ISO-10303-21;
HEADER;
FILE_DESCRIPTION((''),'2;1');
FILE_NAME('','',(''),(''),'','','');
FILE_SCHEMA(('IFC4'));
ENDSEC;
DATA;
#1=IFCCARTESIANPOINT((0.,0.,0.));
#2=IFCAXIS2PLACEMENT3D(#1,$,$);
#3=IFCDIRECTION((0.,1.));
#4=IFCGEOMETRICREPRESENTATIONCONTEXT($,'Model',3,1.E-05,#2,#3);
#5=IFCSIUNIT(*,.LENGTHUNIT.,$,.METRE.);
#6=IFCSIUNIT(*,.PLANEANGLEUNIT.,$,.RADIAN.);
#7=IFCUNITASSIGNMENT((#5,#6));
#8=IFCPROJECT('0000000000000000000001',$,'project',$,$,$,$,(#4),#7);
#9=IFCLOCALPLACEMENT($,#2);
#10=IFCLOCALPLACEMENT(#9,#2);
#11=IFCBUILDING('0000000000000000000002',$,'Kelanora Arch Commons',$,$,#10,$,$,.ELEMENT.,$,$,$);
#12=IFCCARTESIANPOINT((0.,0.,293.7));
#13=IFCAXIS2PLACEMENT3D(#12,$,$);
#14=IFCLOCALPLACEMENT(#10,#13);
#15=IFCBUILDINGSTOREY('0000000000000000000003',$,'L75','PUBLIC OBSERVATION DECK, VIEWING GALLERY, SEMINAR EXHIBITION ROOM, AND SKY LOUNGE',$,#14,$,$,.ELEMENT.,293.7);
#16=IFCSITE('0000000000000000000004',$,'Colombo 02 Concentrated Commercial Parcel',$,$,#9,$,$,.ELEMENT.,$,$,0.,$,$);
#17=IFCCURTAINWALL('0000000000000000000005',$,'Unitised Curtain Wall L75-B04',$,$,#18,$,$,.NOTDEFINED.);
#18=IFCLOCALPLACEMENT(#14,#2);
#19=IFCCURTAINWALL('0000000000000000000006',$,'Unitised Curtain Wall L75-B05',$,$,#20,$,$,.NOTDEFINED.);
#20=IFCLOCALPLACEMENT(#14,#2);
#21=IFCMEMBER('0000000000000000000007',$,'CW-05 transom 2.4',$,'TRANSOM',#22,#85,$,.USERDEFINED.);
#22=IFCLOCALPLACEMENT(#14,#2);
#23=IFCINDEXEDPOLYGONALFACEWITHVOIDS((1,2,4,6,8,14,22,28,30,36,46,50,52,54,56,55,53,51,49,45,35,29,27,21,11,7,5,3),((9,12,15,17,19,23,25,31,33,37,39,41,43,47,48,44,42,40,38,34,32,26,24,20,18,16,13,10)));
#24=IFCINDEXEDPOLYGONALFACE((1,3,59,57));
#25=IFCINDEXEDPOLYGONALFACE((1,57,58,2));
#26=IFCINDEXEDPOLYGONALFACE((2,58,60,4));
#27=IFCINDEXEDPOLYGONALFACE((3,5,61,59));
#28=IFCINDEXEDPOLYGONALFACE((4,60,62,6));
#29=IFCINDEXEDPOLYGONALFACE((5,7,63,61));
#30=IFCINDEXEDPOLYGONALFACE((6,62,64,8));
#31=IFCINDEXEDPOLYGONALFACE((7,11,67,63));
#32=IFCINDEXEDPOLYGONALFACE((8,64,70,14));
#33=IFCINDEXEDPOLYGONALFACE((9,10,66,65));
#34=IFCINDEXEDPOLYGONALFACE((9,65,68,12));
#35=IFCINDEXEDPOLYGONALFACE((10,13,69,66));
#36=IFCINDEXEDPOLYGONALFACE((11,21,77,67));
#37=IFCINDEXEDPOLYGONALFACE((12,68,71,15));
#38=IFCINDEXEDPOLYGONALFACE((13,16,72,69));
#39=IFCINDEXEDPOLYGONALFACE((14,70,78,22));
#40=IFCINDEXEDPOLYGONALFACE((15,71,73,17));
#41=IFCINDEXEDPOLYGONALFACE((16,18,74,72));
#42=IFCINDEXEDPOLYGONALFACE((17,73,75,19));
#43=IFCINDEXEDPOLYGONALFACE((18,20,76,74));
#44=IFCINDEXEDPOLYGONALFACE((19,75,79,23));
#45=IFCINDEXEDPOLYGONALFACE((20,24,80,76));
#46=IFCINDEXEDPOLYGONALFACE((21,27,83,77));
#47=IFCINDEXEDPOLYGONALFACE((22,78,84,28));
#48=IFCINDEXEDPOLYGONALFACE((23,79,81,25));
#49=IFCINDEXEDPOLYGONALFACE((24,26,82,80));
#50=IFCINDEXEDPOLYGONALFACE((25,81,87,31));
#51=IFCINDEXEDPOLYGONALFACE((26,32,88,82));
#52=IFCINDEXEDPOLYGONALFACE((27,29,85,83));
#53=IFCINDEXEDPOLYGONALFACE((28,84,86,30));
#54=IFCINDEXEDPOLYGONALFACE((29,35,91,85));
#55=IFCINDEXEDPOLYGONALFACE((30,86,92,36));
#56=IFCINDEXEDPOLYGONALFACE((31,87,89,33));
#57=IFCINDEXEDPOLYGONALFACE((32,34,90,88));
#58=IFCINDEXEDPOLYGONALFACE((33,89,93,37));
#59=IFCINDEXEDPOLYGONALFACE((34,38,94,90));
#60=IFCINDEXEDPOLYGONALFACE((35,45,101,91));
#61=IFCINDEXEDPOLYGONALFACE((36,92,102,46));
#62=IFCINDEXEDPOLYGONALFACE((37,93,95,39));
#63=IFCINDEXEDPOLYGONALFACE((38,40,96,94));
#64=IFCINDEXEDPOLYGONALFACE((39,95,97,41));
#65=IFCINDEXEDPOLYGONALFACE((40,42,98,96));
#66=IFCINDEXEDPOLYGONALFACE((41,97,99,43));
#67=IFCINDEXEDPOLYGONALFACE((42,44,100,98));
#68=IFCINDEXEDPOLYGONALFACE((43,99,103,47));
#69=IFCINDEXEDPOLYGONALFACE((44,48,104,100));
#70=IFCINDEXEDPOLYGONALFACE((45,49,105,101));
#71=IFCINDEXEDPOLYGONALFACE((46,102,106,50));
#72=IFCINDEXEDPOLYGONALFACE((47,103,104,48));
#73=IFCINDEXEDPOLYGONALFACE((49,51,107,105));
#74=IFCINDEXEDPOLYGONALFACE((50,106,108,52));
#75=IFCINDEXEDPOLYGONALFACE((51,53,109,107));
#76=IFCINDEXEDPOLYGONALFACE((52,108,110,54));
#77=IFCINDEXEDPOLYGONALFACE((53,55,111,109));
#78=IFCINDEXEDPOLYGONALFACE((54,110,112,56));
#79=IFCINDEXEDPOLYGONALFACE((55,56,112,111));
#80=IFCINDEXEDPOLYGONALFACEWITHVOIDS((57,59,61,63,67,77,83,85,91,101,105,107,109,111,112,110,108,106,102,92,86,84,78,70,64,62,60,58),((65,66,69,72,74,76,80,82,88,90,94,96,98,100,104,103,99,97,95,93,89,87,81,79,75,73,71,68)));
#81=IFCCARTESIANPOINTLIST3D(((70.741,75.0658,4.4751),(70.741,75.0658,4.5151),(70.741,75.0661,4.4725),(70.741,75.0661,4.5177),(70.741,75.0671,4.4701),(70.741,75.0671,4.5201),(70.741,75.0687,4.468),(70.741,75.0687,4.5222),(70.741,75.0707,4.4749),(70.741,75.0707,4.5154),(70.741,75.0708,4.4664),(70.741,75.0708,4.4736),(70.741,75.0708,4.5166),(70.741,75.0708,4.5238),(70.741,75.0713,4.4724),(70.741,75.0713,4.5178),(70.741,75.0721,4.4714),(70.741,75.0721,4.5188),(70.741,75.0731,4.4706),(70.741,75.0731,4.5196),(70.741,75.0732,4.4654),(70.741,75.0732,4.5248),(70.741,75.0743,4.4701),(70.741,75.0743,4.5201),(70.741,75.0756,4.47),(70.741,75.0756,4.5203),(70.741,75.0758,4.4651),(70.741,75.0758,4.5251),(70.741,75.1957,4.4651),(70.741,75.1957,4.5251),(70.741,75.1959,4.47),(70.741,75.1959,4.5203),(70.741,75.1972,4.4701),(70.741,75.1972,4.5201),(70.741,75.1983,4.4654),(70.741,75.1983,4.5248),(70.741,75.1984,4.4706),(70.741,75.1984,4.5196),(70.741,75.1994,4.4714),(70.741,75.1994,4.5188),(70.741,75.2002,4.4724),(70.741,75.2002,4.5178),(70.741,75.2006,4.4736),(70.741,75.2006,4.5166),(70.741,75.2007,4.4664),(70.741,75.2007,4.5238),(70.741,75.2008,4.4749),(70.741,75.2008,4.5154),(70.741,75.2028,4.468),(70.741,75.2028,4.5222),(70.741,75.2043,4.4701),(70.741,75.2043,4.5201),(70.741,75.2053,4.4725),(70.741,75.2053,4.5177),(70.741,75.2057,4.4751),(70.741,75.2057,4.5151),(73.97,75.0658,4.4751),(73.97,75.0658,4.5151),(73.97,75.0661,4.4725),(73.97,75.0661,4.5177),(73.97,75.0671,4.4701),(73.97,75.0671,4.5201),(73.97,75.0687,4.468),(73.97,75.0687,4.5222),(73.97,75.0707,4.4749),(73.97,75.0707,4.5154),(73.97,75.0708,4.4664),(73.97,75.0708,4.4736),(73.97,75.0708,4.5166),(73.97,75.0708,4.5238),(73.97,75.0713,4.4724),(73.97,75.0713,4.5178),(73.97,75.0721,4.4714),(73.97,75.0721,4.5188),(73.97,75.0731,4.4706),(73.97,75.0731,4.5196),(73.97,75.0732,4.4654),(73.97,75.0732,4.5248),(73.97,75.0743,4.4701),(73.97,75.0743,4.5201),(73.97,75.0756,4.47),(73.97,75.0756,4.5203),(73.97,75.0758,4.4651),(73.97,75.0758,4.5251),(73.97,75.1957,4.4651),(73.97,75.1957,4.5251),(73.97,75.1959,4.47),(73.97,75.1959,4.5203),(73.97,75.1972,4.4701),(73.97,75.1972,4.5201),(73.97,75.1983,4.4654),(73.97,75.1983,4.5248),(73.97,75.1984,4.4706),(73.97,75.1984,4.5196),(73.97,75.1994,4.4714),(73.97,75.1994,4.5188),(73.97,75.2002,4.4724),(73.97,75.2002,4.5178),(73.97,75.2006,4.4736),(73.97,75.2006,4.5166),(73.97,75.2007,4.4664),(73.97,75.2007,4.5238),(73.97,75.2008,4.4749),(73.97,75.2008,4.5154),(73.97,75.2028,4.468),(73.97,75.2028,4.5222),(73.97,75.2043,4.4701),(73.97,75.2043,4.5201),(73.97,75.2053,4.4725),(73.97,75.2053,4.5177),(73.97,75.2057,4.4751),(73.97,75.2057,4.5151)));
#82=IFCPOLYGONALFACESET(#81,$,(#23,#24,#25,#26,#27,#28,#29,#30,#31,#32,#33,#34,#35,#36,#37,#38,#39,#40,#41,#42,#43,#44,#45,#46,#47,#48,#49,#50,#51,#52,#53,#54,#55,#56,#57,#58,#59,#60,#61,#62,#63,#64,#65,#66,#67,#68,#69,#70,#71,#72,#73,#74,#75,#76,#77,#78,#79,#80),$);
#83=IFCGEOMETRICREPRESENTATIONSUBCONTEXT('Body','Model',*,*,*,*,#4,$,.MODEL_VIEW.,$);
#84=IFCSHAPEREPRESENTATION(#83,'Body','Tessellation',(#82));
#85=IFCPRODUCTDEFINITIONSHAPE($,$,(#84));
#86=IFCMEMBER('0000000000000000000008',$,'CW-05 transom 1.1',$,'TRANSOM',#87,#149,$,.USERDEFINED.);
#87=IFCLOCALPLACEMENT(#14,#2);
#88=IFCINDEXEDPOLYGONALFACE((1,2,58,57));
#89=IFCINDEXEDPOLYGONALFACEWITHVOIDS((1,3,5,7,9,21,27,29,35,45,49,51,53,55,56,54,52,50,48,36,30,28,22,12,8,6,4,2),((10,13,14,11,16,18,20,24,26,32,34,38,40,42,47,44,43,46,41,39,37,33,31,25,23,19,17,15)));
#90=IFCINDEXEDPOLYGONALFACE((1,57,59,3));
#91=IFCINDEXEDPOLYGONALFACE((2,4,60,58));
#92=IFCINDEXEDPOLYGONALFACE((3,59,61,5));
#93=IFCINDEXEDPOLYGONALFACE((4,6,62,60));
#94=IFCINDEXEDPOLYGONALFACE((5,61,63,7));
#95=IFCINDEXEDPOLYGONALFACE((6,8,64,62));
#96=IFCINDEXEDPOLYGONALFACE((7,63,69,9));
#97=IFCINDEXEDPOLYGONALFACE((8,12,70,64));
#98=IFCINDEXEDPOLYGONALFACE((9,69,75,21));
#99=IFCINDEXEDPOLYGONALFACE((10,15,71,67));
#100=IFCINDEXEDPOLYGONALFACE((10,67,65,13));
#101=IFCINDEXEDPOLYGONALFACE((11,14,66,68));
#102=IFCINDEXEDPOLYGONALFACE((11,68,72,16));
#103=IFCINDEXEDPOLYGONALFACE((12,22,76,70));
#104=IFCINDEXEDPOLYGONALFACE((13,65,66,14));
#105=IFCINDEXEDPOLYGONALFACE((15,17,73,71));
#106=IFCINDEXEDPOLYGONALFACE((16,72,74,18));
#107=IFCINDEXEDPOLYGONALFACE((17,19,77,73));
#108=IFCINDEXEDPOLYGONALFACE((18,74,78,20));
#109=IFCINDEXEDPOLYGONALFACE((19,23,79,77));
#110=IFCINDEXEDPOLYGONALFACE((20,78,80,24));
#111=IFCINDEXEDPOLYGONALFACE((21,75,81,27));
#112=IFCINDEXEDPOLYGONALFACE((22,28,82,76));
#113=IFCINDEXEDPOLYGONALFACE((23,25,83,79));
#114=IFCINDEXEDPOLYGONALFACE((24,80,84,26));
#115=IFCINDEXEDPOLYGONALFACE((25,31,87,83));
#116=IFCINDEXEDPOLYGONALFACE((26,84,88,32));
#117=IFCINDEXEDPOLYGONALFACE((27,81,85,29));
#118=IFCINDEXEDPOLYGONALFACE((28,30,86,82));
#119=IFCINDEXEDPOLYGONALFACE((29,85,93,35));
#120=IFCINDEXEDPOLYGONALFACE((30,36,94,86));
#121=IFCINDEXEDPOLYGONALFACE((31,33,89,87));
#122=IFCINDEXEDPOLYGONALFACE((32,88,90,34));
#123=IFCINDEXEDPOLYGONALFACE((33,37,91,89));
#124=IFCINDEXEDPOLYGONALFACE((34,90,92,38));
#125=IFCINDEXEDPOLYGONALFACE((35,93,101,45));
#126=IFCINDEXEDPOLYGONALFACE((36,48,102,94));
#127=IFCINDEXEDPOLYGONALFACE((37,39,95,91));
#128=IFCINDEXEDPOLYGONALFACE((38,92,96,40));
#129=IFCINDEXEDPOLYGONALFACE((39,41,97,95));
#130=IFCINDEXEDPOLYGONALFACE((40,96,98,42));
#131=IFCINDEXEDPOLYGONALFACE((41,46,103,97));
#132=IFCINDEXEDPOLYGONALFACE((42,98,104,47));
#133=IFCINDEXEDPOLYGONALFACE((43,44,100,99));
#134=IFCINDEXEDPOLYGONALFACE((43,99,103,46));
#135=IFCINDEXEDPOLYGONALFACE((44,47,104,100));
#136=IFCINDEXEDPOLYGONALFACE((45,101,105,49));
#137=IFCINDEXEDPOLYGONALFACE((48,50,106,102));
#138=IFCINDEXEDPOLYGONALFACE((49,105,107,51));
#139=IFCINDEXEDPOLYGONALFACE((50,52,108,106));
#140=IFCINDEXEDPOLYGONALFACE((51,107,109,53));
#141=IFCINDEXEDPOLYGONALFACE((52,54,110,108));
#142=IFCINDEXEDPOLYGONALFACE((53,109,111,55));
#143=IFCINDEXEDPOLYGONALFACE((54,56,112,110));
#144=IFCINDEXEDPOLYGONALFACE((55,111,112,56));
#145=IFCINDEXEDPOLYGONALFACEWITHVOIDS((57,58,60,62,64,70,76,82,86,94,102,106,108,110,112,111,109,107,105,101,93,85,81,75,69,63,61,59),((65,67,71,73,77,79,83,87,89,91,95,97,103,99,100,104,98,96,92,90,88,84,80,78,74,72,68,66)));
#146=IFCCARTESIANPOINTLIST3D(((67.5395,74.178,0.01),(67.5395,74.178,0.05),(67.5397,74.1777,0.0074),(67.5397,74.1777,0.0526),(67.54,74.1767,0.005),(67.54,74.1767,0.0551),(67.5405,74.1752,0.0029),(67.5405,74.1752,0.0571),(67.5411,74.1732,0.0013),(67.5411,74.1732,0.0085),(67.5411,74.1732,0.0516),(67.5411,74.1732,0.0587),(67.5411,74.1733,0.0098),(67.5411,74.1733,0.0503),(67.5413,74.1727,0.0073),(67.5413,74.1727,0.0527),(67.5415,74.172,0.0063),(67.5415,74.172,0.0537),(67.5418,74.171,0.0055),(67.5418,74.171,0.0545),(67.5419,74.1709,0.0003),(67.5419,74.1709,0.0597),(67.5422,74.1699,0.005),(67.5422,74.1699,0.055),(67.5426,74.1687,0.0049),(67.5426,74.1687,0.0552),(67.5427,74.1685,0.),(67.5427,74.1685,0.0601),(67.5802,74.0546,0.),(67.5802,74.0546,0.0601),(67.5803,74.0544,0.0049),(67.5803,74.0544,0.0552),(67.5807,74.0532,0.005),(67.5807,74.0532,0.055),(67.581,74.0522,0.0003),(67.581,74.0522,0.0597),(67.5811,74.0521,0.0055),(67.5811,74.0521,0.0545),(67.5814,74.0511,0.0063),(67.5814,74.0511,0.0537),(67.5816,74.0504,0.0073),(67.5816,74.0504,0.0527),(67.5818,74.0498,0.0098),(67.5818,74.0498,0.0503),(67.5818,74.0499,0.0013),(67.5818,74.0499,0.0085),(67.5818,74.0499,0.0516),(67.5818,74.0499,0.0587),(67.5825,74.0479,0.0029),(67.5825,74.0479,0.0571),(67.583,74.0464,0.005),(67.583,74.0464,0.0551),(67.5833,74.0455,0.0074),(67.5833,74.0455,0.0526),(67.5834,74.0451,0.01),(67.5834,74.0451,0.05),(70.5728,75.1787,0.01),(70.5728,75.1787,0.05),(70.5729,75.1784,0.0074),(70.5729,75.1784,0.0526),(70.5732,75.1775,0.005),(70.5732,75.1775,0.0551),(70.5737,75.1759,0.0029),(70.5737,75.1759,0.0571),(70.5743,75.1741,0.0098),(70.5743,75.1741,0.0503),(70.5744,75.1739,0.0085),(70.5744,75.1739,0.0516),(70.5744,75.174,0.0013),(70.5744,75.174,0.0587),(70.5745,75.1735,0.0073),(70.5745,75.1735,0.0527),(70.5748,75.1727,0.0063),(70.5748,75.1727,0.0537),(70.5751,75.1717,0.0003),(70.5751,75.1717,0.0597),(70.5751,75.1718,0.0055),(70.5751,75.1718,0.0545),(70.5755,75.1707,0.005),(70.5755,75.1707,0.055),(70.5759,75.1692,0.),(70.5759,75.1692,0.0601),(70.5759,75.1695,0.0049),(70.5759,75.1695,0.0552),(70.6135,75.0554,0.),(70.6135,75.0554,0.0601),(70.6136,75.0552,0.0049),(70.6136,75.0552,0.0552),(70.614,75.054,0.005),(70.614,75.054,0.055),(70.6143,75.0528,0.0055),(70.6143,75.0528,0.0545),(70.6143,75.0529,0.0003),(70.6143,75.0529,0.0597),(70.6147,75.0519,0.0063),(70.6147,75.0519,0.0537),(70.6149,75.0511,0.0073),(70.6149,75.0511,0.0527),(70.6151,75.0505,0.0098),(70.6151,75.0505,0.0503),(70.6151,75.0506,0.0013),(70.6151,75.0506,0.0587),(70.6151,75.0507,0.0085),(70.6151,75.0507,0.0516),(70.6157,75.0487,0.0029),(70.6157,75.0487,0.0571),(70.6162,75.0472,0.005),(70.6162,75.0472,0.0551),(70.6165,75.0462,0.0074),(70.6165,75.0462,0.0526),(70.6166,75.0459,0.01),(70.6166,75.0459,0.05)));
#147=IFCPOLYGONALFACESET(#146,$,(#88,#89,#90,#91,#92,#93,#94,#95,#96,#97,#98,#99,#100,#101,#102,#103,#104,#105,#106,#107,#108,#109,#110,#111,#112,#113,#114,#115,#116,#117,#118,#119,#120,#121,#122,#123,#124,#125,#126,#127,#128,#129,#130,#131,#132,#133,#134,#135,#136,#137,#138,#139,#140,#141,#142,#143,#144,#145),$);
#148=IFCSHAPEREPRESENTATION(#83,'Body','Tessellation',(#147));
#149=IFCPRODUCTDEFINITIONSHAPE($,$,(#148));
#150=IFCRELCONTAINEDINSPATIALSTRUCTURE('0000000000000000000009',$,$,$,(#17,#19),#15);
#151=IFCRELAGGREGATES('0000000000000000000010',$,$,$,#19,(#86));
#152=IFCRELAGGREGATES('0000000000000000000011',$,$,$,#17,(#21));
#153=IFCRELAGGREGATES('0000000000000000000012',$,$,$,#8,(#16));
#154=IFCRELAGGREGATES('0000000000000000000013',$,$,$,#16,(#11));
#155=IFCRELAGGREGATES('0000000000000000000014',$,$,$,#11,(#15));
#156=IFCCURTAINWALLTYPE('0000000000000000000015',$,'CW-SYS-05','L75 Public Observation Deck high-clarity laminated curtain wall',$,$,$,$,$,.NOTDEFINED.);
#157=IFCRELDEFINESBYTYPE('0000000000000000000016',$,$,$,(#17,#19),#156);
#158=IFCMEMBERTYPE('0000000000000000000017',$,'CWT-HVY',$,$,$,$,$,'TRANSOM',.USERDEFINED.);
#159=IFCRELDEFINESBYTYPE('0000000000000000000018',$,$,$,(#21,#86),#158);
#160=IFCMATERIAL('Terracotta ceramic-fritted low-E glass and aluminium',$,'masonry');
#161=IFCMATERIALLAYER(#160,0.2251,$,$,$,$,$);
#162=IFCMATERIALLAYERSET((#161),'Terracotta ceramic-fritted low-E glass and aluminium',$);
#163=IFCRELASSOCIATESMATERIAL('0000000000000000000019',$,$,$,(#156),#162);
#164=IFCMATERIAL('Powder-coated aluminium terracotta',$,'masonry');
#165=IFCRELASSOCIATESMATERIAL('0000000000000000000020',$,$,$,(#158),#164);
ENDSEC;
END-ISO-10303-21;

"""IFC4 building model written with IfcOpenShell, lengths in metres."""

from ifc_helpers import new_model, si_unit, direction, frame, origin, origin_2d, place, context, subcontext, project, spatial, hollow_rectangle, extrude, material, layer, layer_set, material_profile, profile_set, type_object, element, aggregate, save


model = new_model("IFC4")

# Units and contexts
model_context = context("Model", 3, precision=1e-05, world=origin(), true_north=direction((0.0, 1.0)))
body_context = subcontext(model_context, "Body", "Model", "MODEL_VIEW")
ifc_project = project(units=[si_unit("LENGTHUNIT", "METRE"), si_unit("PLANEANGLEUNIT", "RADIAN")], contexts=[model_context])

# Site, building, storey
site_placement = place(None, origin())
site = spatial("IfcSite", under=ifc_project, at=site_placement, Name="Colombo 02 Concentrated Commercial Parcel", CompositionType="ELEMENT", RefElevation=0.0)
building_placement = place(site_placement, origin())
building = spatial("IfcBuilding", under=site, at=building_placement, Name="Kelanora Arch Commons", CompositionType="ELEMENT")
storey_placement = place(building_placement, frame((0.0, 0.0, 293.7)))
storey = spatial("IfcBuildingStorey", under=building, at=storey_placement, Name="L75", Description="PUBLIC OBSERVATION DECK, VIEWING GALLERY, SEMINAR EXHIBITION ROOM, AND SKY LOUNGE", CompositionType="ELEMENT", Elevation=293.7)

# Curtain wall
ifc_material_1 = material(Name="Terracotta ceramic-fritted low-E glass and aluminium", Category="masonry")
ifc_layer_1 = layer(ifc_material_1, 0.2251)
ifc_layer_set_1 = layer_set([ifc_layer_1], Name="Terracotta ceramic-fritted low-E glass and aluminium")
curtain_wall_type = type_object("IfcCurtainWallType", Name="CW-SYS-05", Description="L75 Public Observation Deck high-clarity laminated curtain wall", PredefinedType="NOTDEFINED", material=ifc_layer_set_1)
curtain_wall_1_placement = place(storey_placement, origin())
curtain_wall_1 = element("IfcCurtainWall", 1, at=curtain_wall_1_placement, inside=storey, type_object=curtain_wall_type, Name="Unitised Curtain Wall L75-B04", PredefinedType="NOTDEFINED")
ifc_material_2 = material(Name="Powder-coated aluminium terracotta", Category="masonry")

# Curtain wall
curtain_wall_2_placement = place(storey_placement, origin())
curtain_wall_2 = element("IfcCurtainWall", 2, at=curtain_wall_2_placement, inside=storey, type_object=curtain_wall_type, Name="Unitised Curtain Wall L75-B05", PredefinedType="NOTDEFINED")

# Members
ifc_material_profile_1 = material_profile(ifc_material_2, hollow_rectangle(XDim=0.1399, YDim=0.0601, WallThickness=0.0049, InnerFilletRadius=0.0049, OuterFilletRadius=0.01, at=origin_2d()), Name="CWT140x60")
ifc_profile_set_1 = profile_set([ifc_material_profile_1], Name="Powder-coated aluminium terracotta")
member_type_1 = type_object("IfcMemberType", Name="CWT-HVY", ElementType="TRANSOM", PredefinedType="USERDEFINED", material=ifc_profile_set_1)
member_1_placement = place(storey_placement, frame((73.97, 75.1357, 4.4951), z_axis=(-1.0, 0.0, 0.0), x_axis=(0.0, -1.0, 0.0)))
member_1 = element("IfcMember", 3, at=member_1_placement, type_object=member_type_1, Name="CW-05 transom 2.4", ObjectType="TRANSOM", PredefinedType="USERDEFINED", context=body_context, shape_type="SweptSolid", body=[
    extrude(hollow_rectangle(XDim=0.1399, YDim=0.0601, WallThickness=0.0049, InnerFilletRadius=0.0049, OuterFilletRadius=0.01, at=origin_2d()), origin(), (0.0, 0.0, 1.0), 3.229),
])
member_2_placement = place(storey_placement, frame((70.5947, 75.1123, 0.03), z_axis=(-0.94965, -0.313314, 0.0), x_axis=(0.313314, -0.94965, 0.0)))
member_2 = element("IfcMember", 4, at=member_2_placement, type_object=member_type_1, Name="CW-05 transom 1.1", ObjectType="TRANSOM", PredefinedType="USERDEFINED", context=body_context, shape_type="SweptSolid", body=[
    extrude(hollow_rectangle(XDim=0.1399, YDim=0.0601, WallThickness=0.0049, InnerFilletRadius=0.0049, OuterFilletRadius=0.01, at=origin_2d()), origin(), (0.0, 0.0, 1.0), 3.1941),
])

aggregate(curtain_wall_2, [member_2])
aggregate(curtain_wall_1, [member_1])

save(model, "model.ifc")
